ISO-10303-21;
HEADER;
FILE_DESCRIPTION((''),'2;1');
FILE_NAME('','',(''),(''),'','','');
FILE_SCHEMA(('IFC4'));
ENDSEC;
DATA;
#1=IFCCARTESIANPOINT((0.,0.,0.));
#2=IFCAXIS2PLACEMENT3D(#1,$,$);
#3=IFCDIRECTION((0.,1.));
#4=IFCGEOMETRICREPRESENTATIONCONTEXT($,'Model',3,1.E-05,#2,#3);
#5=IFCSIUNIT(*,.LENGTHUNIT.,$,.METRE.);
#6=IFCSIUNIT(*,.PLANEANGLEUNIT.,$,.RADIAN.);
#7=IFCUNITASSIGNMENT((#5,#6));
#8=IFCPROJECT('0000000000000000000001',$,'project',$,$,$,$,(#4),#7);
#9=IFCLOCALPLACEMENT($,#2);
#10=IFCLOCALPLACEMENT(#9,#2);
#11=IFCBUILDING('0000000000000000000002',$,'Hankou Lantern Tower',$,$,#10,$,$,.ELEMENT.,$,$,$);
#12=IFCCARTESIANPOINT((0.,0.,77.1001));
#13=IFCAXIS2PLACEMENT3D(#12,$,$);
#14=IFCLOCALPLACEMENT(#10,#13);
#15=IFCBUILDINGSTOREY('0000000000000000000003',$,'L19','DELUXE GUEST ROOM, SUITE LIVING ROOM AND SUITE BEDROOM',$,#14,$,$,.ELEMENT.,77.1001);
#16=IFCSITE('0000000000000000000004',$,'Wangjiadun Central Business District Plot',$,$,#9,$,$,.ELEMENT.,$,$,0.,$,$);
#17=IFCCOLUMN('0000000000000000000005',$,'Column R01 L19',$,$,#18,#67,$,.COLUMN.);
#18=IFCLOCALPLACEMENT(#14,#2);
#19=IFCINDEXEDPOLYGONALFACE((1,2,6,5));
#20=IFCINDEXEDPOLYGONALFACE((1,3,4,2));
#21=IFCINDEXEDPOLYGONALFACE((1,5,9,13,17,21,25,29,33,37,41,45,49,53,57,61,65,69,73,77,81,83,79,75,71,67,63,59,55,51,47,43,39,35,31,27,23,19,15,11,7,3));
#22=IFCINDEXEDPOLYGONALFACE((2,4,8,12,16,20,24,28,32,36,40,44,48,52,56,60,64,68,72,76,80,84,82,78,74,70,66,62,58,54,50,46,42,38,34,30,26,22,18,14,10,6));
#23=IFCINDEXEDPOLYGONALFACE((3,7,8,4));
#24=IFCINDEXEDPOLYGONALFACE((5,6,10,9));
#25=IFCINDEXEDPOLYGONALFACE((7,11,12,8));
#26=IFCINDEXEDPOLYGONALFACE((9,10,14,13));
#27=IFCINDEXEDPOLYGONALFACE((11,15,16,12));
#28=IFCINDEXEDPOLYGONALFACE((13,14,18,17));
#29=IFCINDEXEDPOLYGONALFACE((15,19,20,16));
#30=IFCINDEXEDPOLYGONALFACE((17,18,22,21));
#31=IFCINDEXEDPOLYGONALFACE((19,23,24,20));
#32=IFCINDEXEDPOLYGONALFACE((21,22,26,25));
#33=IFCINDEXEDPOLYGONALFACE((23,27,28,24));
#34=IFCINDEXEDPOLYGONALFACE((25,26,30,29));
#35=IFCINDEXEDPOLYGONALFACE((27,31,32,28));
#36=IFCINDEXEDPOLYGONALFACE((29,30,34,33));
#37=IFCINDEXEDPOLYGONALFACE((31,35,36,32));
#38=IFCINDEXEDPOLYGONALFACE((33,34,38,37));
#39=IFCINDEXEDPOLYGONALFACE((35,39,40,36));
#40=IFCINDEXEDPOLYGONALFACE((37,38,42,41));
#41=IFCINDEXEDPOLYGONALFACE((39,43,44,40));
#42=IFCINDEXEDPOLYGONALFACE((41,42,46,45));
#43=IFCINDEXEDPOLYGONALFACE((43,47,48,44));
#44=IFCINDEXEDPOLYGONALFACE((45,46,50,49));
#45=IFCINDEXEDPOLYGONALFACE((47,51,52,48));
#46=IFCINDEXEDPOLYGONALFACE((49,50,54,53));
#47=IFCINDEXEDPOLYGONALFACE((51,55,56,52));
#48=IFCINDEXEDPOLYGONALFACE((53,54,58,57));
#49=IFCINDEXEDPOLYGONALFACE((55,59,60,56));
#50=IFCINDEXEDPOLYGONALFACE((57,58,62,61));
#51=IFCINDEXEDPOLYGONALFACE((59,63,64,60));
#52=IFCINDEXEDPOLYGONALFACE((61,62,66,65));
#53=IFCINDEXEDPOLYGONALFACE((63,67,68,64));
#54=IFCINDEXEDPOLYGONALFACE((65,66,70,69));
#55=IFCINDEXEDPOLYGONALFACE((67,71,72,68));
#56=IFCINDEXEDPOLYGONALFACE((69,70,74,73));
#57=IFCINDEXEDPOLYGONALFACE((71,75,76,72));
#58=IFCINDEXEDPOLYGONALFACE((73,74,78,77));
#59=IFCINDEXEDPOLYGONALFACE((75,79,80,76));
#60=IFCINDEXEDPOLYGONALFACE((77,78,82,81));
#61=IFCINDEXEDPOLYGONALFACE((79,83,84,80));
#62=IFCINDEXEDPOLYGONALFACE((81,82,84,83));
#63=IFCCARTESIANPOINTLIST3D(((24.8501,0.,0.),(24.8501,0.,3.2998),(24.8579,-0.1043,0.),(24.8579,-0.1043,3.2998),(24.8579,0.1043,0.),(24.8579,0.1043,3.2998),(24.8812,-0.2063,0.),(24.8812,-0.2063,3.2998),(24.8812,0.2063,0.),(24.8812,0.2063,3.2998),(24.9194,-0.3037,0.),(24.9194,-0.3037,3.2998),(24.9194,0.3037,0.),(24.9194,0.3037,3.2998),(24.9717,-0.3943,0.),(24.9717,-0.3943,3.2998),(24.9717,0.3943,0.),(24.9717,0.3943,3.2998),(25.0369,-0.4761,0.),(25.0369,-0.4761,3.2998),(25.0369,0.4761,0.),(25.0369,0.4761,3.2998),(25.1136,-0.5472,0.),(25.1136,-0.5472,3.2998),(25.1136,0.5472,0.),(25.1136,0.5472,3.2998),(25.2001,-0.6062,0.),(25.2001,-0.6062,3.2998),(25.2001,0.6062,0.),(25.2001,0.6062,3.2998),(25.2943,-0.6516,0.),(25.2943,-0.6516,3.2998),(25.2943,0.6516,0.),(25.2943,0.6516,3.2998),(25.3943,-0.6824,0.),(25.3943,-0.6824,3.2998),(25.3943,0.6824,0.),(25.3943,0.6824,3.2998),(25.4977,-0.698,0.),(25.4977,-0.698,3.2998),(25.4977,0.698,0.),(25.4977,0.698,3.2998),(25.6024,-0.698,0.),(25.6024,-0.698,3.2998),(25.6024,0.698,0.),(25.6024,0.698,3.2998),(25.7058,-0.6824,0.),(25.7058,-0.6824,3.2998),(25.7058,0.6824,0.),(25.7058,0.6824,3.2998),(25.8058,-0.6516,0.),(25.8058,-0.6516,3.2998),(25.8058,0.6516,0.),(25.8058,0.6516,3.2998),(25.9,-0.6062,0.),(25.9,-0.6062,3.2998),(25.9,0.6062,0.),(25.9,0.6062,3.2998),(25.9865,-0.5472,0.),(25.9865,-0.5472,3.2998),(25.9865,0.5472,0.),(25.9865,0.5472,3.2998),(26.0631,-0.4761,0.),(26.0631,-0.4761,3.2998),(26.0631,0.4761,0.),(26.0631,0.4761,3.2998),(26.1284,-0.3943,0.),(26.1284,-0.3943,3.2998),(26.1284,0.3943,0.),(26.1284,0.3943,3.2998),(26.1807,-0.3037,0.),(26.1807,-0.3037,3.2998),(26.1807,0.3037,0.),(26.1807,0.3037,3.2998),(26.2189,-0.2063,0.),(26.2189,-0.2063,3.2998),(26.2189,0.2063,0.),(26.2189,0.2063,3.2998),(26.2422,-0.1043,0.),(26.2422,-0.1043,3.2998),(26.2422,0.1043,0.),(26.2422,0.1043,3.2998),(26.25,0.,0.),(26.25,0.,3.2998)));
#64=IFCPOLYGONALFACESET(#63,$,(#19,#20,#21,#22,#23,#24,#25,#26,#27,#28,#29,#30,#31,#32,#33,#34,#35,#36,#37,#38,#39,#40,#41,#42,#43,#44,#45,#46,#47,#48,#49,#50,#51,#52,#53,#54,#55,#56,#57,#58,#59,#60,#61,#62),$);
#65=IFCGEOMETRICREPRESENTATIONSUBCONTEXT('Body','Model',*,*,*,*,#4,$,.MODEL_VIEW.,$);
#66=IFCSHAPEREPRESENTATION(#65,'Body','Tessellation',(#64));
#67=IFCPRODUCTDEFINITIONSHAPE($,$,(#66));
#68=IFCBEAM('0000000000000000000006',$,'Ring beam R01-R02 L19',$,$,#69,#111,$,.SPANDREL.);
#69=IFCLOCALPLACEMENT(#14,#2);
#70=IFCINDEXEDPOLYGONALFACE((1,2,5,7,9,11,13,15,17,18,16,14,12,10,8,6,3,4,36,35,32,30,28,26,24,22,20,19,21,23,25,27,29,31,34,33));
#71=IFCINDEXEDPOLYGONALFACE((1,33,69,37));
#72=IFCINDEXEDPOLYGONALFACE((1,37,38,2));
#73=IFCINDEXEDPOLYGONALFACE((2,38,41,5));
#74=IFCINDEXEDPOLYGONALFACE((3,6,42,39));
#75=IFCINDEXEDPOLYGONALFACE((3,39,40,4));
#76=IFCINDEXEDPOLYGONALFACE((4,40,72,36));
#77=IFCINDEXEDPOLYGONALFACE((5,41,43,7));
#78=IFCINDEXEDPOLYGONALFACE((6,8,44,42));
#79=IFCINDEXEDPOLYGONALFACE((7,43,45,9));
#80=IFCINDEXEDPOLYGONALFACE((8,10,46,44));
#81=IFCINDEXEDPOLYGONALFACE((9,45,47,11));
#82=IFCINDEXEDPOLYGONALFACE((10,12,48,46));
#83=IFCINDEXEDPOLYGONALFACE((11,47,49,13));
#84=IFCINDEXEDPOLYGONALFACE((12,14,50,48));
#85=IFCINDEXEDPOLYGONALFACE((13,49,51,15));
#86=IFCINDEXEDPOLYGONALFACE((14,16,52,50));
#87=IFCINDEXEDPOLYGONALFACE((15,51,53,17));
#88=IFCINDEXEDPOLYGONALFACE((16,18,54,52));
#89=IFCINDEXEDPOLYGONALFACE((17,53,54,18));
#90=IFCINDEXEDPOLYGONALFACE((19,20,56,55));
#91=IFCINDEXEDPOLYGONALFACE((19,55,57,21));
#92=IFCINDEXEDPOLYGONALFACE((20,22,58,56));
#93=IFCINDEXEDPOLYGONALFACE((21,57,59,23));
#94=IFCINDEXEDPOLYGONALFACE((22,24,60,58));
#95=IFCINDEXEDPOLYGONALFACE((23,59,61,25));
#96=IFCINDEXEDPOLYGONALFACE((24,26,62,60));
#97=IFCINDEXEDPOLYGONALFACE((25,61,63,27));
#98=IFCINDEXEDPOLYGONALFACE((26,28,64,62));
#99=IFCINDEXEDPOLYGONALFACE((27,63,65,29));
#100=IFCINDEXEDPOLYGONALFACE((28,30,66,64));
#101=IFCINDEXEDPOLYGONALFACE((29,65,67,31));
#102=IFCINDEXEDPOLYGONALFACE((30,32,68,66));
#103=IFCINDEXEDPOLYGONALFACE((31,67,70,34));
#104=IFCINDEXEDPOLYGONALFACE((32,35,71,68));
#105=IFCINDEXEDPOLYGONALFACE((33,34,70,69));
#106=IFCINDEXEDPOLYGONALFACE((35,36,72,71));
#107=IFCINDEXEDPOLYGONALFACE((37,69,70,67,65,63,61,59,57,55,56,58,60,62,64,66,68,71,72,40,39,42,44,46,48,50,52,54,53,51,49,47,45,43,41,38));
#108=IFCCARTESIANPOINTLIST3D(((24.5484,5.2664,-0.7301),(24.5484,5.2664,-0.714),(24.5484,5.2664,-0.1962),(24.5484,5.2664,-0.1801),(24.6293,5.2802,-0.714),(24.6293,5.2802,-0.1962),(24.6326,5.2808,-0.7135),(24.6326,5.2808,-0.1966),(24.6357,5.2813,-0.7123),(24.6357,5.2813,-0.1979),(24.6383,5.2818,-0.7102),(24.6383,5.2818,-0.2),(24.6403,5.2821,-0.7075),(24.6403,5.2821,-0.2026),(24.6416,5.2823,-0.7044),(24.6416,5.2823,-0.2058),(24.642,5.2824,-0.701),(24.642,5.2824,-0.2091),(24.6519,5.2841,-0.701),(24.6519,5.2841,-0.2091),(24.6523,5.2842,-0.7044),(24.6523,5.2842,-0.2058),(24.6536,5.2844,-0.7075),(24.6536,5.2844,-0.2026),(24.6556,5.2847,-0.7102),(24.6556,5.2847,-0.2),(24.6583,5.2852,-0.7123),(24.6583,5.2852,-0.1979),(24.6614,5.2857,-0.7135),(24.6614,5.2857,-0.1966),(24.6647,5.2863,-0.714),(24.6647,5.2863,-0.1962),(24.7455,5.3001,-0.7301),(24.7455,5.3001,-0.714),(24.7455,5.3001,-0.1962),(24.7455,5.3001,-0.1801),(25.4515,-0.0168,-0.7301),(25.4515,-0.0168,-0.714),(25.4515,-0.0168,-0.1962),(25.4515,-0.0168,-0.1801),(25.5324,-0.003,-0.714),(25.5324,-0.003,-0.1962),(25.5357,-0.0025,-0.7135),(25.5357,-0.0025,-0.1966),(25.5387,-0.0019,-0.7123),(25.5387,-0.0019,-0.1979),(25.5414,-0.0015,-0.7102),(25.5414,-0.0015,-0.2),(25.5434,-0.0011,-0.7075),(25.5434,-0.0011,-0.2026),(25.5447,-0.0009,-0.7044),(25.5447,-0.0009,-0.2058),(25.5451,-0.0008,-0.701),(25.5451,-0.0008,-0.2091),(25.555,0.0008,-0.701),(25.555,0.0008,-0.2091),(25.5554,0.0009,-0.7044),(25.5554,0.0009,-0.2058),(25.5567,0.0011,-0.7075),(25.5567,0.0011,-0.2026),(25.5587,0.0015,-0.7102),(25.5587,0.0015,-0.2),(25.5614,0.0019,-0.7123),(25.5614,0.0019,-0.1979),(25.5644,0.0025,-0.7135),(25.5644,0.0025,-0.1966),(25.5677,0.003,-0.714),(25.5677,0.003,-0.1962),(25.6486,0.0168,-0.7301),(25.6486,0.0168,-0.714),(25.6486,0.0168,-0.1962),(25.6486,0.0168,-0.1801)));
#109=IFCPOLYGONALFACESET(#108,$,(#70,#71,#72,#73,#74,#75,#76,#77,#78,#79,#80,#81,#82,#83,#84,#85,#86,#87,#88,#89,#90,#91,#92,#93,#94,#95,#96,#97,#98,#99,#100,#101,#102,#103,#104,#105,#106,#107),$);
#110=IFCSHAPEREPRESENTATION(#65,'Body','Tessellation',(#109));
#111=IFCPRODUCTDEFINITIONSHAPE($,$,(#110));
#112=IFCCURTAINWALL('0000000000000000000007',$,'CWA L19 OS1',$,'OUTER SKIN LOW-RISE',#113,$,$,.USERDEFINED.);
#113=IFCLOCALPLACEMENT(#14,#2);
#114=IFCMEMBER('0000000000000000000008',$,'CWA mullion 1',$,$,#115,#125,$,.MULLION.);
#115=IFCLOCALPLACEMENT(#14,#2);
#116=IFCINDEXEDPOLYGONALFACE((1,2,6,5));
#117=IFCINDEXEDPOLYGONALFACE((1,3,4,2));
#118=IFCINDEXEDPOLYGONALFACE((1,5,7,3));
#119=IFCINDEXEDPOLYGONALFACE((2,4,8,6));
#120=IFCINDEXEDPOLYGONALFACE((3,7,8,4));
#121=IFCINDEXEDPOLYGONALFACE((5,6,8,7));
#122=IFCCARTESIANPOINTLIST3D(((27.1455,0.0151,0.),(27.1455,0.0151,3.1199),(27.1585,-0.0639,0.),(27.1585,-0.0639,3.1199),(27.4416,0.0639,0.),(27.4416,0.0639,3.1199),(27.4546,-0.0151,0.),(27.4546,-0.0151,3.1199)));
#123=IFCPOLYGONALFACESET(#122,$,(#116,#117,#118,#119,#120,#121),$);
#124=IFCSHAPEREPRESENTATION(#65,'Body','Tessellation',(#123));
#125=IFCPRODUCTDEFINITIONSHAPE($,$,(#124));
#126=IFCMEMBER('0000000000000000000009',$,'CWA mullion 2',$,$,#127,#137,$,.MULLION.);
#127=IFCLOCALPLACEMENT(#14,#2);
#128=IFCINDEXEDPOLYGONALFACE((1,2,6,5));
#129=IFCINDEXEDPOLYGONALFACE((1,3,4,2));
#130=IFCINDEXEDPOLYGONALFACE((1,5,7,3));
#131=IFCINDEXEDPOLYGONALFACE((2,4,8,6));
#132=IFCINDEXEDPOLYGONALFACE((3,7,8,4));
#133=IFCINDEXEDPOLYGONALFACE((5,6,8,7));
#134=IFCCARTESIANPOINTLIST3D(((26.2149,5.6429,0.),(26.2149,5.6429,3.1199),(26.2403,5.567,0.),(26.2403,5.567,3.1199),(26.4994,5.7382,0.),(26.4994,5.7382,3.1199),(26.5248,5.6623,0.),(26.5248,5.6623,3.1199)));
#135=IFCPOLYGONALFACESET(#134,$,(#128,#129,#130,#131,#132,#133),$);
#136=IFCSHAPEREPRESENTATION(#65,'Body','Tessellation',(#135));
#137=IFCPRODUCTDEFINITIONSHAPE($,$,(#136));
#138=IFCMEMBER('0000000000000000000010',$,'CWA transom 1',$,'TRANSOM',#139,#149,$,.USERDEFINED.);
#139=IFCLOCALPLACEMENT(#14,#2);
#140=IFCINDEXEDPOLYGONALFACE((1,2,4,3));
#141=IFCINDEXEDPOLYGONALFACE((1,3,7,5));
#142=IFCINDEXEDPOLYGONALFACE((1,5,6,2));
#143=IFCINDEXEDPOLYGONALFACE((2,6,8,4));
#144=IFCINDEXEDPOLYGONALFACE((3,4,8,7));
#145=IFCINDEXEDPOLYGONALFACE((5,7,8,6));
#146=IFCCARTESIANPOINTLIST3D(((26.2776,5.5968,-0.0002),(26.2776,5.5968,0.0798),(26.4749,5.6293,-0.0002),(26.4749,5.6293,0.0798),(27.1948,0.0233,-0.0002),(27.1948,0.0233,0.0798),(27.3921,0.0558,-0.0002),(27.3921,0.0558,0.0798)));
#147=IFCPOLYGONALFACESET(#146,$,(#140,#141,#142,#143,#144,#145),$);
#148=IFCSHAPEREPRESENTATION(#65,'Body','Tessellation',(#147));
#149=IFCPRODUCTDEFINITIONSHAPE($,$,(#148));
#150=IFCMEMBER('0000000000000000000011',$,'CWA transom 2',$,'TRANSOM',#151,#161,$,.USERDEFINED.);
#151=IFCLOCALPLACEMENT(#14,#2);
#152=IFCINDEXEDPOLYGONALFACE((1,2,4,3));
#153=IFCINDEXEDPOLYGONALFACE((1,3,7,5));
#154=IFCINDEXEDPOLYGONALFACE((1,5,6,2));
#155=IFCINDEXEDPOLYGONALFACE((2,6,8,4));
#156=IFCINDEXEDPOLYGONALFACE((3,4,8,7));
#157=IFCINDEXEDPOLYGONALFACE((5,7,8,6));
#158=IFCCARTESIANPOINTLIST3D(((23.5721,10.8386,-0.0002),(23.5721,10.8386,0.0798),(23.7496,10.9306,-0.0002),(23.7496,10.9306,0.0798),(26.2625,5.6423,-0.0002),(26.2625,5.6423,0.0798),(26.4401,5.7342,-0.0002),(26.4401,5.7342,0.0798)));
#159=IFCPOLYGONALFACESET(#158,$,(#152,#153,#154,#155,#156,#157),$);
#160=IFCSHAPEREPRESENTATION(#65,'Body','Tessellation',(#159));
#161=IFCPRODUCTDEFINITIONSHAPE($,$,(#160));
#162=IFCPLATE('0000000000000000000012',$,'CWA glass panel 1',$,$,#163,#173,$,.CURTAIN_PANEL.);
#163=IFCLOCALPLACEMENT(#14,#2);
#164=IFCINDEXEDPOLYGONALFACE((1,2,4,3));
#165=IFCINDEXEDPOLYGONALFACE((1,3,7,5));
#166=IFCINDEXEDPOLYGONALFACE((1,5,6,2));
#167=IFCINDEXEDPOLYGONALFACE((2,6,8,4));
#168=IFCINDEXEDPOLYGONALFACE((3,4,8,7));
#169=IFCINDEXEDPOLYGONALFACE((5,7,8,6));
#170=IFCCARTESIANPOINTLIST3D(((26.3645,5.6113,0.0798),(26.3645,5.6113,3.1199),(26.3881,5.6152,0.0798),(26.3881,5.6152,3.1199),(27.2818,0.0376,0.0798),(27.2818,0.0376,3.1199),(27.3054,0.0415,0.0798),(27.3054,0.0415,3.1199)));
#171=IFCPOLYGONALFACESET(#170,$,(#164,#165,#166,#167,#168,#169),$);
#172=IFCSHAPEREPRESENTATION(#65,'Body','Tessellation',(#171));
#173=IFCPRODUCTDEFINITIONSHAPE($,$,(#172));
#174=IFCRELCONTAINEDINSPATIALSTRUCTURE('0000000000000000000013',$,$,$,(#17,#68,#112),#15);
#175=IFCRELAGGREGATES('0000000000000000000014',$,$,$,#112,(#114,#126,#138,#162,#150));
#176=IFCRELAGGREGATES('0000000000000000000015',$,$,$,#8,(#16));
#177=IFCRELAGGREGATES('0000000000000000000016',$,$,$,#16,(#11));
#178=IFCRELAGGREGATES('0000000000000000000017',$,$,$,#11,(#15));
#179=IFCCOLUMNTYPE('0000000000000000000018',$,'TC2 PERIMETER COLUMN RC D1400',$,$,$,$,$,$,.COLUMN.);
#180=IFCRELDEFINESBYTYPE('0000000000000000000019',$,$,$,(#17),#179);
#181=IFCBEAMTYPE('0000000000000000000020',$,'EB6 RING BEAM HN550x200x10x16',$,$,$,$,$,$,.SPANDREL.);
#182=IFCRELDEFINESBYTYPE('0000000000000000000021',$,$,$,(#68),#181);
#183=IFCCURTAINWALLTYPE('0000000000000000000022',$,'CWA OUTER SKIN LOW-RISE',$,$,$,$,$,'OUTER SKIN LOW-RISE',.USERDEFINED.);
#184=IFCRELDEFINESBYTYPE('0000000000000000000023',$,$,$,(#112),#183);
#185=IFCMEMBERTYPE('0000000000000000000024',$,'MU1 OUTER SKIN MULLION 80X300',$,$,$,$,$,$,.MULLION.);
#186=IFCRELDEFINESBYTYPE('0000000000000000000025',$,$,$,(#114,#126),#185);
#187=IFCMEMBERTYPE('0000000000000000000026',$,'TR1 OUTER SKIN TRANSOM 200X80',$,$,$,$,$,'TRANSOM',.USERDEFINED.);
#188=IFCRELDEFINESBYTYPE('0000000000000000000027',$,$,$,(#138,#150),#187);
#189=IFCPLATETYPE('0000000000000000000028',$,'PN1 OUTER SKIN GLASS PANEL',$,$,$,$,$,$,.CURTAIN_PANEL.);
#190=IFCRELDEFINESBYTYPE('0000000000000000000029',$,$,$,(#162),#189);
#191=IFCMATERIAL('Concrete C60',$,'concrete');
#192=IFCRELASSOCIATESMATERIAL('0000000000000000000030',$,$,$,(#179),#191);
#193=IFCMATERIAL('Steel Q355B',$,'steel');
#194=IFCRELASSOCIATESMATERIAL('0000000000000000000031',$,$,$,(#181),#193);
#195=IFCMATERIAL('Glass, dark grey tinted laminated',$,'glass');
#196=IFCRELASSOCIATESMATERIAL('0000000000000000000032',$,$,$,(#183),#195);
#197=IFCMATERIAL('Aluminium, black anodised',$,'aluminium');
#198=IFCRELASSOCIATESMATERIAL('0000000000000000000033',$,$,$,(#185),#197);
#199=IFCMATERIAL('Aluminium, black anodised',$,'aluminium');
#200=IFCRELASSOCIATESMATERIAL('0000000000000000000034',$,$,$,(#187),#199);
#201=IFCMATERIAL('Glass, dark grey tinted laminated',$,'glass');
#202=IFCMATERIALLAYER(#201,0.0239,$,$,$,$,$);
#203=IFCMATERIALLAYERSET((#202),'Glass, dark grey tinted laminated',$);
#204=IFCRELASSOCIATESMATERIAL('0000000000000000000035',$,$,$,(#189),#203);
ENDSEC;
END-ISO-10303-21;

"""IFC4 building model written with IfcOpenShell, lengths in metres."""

from ifc_helpers import new_model, si_unit, direction, frame, origin, origin_2d, place, context, subcontext, project, spatial, rectangle, circle, i_section, extrude, material, layer, layer_set, material_profile, profile_set, type_object, element, aggregate, save


model = new_model("IFC4")

# Units and contexts
model_context = context("Model", 3, precision=1e-05, world=origin(), true_north=direction((0.0, 1.0)))
body_context = subcontext(model_context, "Body", "Model", "MODEL_VIEW")
ifc_project = project(units=[si_unit("LENGTHUNIT", "METRE"), si_unit("PLANEANGLEUNIT", "RADIAN")], contexts=[model_context])

# Site, building, storey
site_placement = place(None, origin())
site = spatial("IfcSite", under=ifc_project, at=site_placement, Name="Wangjiadun Central Business District Plot", CompositionType="ELEMENT", RefElevation=0.0)
building_placement = place(site_placement, origin())
building = spatial("IfcBuilding", under=site, at=building_placement, Name="Hankou Lantern Tower", CompositionType="ELEMENT")
storey_placement = place(building_placement, frame((0.0, 0.0, 77.1001)))
storey = spatial("IfcBuildingStorey", under=building, at=storey_placement, Name="L19", Description="DELUXE GUEST ROOM, SUITE LIVING ROOM AND SUITE BEDROOM", CompositionType="ELEMENT", Elevation=77.1001)

# Column
ifc_material_1 = material(Name="Concrete C60", Category="concrete")
ifc_material_profile_1 = material_profile(ifc_material_1, circle(Radius=0.7, at=origin_2d()), Name="RC D1400")
ifc_profile_set_1 = profile_set([ifc_material_profile_1], Name="Concrete C60")
column_type = type_object("IfcColumnType", Name="TC2 PERIMETER COLUMN RC D1400", PredefinedType="COLUMN", material=ifc_profile_set_1)
column_placement = place(storey_placement, frame((25.55, 0.0, 0.0), z_axis=(0.0, 0.0, 1.0), x_axis=(1.0, 0.0, 0.0)))
element("IfcColumn", 1, at=column_placement, inside=storey, type_object=column_type, Name="Column R01 L19", PredefinedType="COLUMN", context=body_context, shape_type="SweptSolid", body=[
    extrude(circle(Radius=0.7, at=origin_2d()), origin(), (0.0, 0.0, 1.0), 3.2998),
])

# Beam
ifc_material_2 = material(Name="Steel Q355B", Category="steel")
ifc_material_profile_2 = material_profile(ifc_material_2, i_section(OverallWidth=0.2, OverallDepth=0.55, WebThickness=0.01, FlangeThickness=0.0161, FilletRadius=0.0129, at=origin_2d()), Name="HN550x200x10x16")
ifc_profile_set_2 = profile_set([ifc_material_profile_2], Name="Steel Q355B")
beam_type = type_object("IfcBeamType", Name="EB6 RING BEAM HN550x200x10x16", PredefinedType="SPANDREL", material=ifc_profile_set_2)
beam_placement = place(storey_placement, frame((25.55, 0.0, -0.4551), z_axis=(-0.16849, 0.985703, 0.0), x_axis=(-0.985703, -0.16849, 0.0)))
element("IfcBeam", 2, at=beam_placement, inside=storey, type_object=beam_type, Name="Ring beam R01-R02 L19", PredefinedType="SPANDREL", context=body_context, shape_type="SweptSolid", body=[
    extrude(i_section(OverallWidth=0.2, OverallDepth=0.55, WebThickness=0.01, FlangeThickness=0.0161, FilletRadius=0.0129, at=origin_2d()), origin(), (0.0, 0.0, 1.0), 5.3599),
])

# Curtain wall, members, plate
ifc_material_3 = material(Name="Glass, dark grey tinted laminated", Category="glass")
curtain_wall_type = type_object("IfcCurtainWallType", Name="CWA OUTER SKIN LOW-RISE", ElementType="OUTER SKIN LOW-RISE", PredefinedType="USERDEFINED", material=ifc_material_3)
curtain_wall_placement = place(storey_placement, origin())
curtain_wall = element("IfcCurtainWall", 3, at=curtain_wall_placement, inside=storey, type_object=curtain_wall_type, Name="CWA L19 OS1", ObjectType="OUTER SKIN LOW-RISE", PredefinedType="USERDEFINED")
ifc_material_4 = material(Name="Aluminium, black anodised", Category="aluminium")
ifc_material_profile_3 = material_profile(ifc_material_4, rectangle(XDim=0.0801, YDim=0.3, at=origin_2d()), Name="MU1 80X300")
ifc_profile_set_3 = profile_set([ifc_material_profile_3], Name="Aluminium, black anodised")
member_type_1 = type_object("IfcMemberType", Name="MU1 OUTER SKIN MULLION 80X300", PredefinedType="MULLION", material=ifc_profile_set_3)
member_1_placement = place(storey_placement, frame((27.3, 0.0, 0.0), z_axis=(0.0, 0.0, 1.0), x_axis=(-0.162382, 0.986728, 0.0)))
member_1 = element("IfcMember", 4, at=member_1_placement, type_object=member_type_1, Name="CWA mullion 1", PredefinedType="MULLION", context=body_context, shape_type="SweptSolid", body=[
    extrude(rectangle(XDim=0.0801, YDim=0.3, at=origin_2d()), origin(), (0.0, 0.0, 1.0), 3.1199),
])
member_2_placement = place(storey_placement, frame((26.3699, 5.6526, 0.0), z_axis=(0.0, 0.0, 1.0), x_axis=(-0.317596, 0.948226, 0.0)))
member_2 = element("IfcMember", 5, at=member_2_placement, type_object=member_type_1, Name="CWA mullion 2", PredefinedType="MULLION", context=body_context, shape_type="SweptSolid", body=[
    extrude(rectangle(XDim=0.0801, YDim=0.3, at=origin_2d()), origin(), (0.0, 0.0, 1.0), 3.1199),
])
ifc_material_5 = material(Name="Aluminium, black anodised", Category="aluminium")
ifc_material_profile_4 = material_profile(ifc_material_5, rectangle(XDim=0.2, YDim=0.0801, at=origin_2d()), Name="TR1 200X80")
ifc_profile_set_4 = profile_set([ifc_material_profile_4], Name="Aluminium, black anodised")
member_type_2 = type_object("IfcMemberType", Name="TR1 OUTER SKIN TRANSOM 200X80", ElementType="TRANSOM", PredefinedType="USERDEFINED", material=ifc_profile_set_4)
member_3_placement = place(storey_placement, frame((27.2935, 0.0396, 0.0398), z_axis=(-0.162387, 0.986727, 0.0), x_axis=(-0.986727, -0.162387, 0.0)))
member_3 = element("IfcMember", 6, at=member_3_placement, type_object=member_type_2, Name="CWA transom 1", ObjectType="TRANSOM", PredefinedType="USERDEFINED", context=body_context, shape_type="SweptSolid", body=[
    extrude(rectangle(XDim=0.2, YDim=0.0801, at=origin_2d()), origin(), (0.0, 0.0, 1.0), 5.6484),
])
member_4_placement = place(storey_placement, frame((26.3513, 5.6882, 0.0398), z_axis=(-0.459786, 0.88803, 0.0), x_axis=(-0.88803, -0.459786, 0.0)))
member_4 = element("IfcMember", 7, at=member_4_placement, type_object=member_type_2, Name="CWA transom 2", ObjectType="TRANSOM", PredefinedType="USERDEFINED", context=body_context, shape_type="SweptSolid", body=[
    extrude(rectangle(XDim=0.2, YDim=0.0801, at=origin_2d()), origin(), (0.0, 0.0, 1.0), 5.8516),
])
ifc_material_6 = material(Name="Glass, dark grey tinted laminated", Category="glass")
ifc_layer_1 = layer(ifc_material_6, 0.0239)
ifc_layer_set_1 = layer_set([ifc_layer_1], Name="Glass, dark grey tinted laminated")
plate_type = type_object("IfcPlateType", Name="PN1 OUTER SKIN GLASS PANEL", PredefinedType="CURTAIN_PANEL", material=ifc_layer_set_1)
plate_placement = place(storey_placement, frame((26.835, 2.8264, 0.0798), z_axis=(0.0, 0.0, 1.0), x_axis=(-0.162382, 0.986728, 0.0)))
plate = element("IfcPlate", 8, at=plate_placement, type_object=plate_type, Name="CWA glass panel 1", PredefinedType="CURTAIN_PANEL", context=body_context, shape_type="SweptSolid", body=[
    extrude(rectangle(XDim=5.6487, YDim=0.0239, at=origin_2d()), origin(), (0.0, 0.0, 1.0), 3.04),
])
aggregate(curtain_wall, [member_1, member_2, member_3, plate, member_4])

save(model, "model.ifc")
